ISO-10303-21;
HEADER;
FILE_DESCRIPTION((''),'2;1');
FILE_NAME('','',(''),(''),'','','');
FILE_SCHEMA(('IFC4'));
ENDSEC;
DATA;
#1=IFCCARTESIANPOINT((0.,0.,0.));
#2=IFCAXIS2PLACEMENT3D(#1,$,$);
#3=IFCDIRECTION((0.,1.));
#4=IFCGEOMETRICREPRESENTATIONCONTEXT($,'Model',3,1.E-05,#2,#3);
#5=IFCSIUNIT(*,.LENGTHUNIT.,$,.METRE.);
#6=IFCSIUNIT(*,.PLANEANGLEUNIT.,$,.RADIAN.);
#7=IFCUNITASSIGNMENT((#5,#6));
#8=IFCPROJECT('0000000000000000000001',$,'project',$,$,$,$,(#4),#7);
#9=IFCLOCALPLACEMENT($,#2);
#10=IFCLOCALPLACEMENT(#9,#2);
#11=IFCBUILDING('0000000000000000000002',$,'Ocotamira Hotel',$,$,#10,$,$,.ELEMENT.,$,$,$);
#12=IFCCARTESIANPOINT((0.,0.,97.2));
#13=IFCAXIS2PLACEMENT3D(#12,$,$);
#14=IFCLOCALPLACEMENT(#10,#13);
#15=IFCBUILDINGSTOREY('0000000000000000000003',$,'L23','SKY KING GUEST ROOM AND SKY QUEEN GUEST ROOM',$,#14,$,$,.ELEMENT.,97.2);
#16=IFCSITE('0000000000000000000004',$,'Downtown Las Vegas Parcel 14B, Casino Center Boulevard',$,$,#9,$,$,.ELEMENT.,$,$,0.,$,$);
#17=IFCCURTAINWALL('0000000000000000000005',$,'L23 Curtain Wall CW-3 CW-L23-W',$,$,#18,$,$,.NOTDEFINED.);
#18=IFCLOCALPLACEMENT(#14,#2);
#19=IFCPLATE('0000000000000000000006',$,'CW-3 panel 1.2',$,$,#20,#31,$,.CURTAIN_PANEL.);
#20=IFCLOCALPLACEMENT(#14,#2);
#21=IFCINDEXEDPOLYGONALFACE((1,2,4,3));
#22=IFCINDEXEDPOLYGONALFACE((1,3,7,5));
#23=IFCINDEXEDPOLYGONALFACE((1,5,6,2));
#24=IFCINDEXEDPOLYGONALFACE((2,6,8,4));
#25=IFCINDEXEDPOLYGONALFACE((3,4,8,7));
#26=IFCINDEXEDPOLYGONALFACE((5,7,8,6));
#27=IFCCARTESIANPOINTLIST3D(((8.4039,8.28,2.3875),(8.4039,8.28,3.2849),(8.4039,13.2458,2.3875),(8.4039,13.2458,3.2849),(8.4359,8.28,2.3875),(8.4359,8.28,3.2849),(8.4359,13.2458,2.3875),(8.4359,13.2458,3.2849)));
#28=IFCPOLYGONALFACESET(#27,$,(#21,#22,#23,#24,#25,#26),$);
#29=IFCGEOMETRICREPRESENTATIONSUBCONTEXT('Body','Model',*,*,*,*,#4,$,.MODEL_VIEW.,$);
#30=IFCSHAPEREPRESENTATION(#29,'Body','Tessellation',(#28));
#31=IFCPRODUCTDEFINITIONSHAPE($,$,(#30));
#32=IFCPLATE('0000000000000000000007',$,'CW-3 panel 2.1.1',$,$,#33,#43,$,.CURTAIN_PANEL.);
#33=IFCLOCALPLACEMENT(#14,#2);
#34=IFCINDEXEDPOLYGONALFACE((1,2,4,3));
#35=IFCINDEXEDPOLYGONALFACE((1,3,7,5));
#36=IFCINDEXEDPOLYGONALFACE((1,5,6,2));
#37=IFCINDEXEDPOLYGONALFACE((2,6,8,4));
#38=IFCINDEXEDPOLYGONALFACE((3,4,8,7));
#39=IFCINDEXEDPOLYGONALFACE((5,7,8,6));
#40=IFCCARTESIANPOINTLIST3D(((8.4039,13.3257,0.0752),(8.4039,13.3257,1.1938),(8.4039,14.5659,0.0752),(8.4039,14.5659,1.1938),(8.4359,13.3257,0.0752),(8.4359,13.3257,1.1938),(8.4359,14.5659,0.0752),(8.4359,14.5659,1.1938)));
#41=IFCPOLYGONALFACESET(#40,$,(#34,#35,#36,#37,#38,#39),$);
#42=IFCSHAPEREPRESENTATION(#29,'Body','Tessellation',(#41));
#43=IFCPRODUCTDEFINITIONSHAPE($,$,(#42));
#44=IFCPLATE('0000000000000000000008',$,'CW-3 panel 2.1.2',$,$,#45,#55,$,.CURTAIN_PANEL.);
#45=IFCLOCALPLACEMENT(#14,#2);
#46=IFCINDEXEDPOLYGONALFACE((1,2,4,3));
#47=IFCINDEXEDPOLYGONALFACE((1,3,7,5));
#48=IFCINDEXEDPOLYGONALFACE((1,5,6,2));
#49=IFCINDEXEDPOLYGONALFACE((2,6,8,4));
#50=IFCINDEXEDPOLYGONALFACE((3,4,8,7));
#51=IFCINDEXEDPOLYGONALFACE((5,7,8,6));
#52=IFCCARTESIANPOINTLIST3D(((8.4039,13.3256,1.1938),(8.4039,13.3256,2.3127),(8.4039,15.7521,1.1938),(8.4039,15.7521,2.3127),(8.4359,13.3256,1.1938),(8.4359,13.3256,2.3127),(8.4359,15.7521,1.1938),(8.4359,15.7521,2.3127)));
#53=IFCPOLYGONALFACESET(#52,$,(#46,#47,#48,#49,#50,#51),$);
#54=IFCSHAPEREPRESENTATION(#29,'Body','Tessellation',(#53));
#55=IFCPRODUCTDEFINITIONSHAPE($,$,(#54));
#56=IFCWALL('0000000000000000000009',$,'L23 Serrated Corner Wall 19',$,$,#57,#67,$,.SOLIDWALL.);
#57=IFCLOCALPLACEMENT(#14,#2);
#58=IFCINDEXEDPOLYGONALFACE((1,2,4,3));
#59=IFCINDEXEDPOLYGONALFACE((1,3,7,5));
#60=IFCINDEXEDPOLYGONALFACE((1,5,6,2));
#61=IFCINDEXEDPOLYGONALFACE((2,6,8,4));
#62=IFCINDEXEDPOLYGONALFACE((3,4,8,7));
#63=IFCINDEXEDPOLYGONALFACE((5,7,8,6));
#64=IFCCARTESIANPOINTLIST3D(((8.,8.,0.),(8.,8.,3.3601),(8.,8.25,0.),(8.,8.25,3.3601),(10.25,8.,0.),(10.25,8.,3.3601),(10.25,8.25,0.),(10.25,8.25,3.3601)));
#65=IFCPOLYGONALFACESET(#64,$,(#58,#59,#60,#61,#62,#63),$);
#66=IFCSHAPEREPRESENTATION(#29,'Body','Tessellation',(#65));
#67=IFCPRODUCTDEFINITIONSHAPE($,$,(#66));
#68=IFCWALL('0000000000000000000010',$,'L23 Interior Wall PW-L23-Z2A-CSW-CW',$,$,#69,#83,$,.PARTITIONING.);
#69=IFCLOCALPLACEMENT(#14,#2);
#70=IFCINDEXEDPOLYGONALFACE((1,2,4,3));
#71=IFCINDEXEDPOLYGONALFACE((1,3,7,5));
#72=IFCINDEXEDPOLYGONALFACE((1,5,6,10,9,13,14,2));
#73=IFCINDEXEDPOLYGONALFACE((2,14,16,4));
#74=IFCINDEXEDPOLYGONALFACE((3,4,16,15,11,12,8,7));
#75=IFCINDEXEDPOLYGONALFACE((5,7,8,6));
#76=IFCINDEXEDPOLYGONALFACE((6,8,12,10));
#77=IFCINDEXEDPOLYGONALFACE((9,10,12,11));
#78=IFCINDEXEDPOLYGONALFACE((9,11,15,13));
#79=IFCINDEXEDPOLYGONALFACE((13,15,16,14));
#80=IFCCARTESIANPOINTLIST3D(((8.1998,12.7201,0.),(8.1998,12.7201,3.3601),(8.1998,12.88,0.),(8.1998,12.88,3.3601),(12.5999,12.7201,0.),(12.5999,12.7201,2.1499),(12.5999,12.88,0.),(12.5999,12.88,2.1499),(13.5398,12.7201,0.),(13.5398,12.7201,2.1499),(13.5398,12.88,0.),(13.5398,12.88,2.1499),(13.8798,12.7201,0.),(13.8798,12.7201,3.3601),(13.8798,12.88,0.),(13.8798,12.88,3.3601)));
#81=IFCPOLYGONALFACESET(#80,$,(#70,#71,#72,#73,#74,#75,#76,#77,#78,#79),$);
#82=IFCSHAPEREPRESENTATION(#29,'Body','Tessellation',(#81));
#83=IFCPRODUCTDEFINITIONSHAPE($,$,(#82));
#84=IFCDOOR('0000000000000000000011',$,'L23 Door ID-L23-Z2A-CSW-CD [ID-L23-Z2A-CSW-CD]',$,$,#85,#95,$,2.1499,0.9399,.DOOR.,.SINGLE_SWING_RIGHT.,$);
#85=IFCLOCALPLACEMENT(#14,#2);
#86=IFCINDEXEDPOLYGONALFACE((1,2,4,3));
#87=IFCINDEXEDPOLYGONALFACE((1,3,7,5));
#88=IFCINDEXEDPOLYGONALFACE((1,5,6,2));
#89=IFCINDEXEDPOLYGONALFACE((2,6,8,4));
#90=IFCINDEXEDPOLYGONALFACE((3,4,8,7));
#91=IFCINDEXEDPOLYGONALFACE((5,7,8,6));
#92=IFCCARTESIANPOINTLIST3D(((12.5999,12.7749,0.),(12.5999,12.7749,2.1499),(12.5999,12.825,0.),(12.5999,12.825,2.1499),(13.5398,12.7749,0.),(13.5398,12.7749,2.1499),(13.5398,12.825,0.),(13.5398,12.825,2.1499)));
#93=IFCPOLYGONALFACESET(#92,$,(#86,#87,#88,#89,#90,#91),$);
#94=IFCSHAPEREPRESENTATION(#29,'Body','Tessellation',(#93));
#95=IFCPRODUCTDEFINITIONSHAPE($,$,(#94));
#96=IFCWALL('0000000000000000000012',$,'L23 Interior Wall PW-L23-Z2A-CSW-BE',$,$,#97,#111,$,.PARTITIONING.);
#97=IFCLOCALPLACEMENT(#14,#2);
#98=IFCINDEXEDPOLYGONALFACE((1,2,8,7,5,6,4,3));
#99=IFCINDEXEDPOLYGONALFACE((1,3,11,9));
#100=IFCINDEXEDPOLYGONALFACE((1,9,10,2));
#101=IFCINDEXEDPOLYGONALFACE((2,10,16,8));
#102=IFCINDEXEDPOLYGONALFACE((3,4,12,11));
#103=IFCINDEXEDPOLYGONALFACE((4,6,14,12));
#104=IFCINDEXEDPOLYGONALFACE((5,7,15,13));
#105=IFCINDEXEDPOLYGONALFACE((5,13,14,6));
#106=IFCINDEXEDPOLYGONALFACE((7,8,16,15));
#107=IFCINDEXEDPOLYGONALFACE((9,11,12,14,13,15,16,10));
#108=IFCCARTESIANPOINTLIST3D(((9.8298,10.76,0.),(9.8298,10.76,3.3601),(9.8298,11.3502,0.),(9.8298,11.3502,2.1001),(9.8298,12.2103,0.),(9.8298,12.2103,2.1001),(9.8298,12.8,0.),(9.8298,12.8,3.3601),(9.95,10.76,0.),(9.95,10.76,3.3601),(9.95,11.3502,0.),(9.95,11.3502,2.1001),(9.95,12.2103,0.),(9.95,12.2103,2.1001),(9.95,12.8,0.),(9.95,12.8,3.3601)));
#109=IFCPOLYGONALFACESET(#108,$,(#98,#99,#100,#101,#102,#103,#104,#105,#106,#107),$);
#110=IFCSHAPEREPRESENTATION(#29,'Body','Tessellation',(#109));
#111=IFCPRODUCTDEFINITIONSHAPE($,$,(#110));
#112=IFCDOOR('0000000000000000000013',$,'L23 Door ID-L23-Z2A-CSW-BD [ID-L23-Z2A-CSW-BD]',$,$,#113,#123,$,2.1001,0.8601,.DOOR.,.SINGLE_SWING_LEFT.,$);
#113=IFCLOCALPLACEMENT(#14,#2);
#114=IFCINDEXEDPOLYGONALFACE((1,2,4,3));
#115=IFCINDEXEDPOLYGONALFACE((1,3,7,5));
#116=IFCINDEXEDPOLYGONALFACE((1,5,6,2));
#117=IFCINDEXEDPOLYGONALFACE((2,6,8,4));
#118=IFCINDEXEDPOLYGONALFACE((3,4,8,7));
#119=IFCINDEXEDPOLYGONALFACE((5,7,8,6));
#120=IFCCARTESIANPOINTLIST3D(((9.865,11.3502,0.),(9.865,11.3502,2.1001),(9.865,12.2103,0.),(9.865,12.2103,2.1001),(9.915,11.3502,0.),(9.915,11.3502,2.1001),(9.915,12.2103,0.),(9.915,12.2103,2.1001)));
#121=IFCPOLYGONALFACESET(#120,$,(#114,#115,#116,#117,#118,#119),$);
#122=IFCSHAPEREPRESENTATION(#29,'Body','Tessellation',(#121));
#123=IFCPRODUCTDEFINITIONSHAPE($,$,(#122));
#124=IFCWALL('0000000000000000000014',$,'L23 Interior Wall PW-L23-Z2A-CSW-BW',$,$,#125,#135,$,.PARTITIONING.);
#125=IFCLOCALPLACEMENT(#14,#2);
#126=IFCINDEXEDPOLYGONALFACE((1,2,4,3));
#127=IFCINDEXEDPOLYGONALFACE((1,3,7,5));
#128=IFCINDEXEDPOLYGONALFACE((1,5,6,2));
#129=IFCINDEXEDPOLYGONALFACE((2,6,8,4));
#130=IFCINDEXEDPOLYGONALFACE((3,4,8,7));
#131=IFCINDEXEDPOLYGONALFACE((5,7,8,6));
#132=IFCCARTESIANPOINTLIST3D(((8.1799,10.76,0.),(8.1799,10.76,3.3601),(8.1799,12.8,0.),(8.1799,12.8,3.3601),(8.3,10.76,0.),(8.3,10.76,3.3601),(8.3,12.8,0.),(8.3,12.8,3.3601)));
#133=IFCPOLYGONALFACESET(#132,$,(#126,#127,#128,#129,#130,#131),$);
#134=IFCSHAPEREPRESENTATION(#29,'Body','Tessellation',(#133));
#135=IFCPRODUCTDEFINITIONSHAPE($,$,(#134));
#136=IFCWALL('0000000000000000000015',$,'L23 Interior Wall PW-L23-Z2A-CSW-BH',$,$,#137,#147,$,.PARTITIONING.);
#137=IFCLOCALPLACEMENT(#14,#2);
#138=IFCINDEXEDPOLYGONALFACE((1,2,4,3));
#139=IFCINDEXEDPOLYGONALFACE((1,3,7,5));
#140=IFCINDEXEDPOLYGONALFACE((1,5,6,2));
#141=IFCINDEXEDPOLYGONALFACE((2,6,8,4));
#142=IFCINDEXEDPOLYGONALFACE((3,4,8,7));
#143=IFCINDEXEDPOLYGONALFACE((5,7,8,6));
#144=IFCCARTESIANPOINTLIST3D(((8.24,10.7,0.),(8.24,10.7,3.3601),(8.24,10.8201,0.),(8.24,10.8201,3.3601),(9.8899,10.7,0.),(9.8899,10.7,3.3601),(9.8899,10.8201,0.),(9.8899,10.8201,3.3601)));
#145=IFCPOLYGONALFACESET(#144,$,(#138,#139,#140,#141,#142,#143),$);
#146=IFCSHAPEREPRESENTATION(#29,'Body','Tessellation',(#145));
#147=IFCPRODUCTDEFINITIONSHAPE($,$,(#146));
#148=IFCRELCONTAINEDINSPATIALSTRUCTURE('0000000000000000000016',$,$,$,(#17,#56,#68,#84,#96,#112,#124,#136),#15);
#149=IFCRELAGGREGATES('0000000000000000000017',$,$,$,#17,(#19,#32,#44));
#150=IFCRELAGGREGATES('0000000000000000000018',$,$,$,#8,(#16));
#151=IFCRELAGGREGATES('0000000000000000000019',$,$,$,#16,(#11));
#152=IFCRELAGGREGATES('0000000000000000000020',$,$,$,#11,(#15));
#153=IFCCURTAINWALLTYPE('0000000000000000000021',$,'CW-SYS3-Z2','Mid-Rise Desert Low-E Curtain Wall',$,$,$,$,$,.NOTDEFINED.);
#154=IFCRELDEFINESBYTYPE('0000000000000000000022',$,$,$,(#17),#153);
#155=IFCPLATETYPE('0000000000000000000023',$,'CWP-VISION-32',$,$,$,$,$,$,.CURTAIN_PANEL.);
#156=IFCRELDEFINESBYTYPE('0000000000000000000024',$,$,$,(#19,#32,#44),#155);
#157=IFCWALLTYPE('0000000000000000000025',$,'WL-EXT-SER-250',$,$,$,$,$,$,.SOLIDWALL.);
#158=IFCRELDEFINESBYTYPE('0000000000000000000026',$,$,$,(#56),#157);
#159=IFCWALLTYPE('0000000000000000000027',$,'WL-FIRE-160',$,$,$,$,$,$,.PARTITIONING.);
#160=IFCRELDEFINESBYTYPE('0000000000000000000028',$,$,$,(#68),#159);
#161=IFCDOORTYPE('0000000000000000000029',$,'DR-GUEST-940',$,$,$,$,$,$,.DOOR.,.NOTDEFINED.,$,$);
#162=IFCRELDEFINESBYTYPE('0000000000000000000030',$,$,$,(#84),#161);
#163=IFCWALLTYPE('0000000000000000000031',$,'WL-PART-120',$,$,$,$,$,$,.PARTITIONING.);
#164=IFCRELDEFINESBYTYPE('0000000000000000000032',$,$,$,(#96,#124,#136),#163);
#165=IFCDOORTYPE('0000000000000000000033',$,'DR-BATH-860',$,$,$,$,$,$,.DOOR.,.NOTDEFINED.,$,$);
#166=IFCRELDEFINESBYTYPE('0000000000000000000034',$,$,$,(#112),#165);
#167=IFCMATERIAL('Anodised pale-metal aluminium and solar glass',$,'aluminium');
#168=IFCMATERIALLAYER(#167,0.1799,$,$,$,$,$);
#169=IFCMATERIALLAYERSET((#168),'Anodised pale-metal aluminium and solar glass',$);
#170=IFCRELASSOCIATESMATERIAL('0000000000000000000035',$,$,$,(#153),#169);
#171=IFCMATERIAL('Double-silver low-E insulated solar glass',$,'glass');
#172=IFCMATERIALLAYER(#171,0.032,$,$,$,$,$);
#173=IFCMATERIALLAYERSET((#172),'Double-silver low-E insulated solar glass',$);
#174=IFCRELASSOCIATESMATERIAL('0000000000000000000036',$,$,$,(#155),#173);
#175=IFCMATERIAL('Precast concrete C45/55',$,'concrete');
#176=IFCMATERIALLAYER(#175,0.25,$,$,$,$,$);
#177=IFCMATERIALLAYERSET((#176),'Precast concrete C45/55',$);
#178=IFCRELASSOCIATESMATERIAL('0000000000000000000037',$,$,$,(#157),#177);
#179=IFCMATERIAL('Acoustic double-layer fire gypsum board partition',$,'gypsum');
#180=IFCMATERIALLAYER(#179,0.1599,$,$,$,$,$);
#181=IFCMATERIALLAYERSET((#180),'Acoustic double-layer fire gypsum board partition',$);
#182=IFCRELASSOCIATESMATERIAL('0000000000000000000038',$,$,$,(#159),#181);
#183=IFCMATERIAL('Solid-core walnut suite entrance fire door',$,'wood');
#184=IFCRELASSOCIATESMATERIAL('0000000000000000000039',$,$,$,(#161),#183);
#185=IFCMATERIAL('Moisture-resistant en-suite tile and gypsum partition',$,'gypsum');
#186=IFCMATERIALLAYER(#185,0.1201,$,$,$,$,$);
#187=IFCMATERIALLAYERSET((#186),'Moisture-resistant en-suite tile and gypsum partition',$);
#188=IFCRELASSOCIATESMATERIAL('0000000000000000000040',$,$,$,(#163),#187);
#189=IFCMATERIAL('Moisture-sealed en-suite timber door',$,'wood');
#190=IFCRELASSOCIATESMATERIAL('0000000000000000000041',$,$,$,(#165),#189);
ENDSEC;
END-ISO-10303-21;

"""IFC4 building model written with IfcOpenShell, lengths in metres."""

from ifc_helpers import new_model, si_unit, direction, frame, frame_2d, origin, origin_2d, place, context, subcontext, project, spatial, rectangle, extrude, source, transform, mapped, material, layer, layer_set, type_object, element, fill, aggregate, save


model = new_model("IFC4")

# Units and contexts
model_context = context("Model", 3, precision=1e-05, world=origin(), true_north=direction((0.0, 1.0)))
body_context = subcontext(model_context, "Body", "Model", "MODEL_VIEW")
ifc_project = project(units=[si_unit("LENGTHUNIT", "METRE"), si_unit("PLANEANGLEUNIT", "RADIAN")], contexts=[model_context])

# Site, building, storey
site_placement = place(None, origin())
site = spatial("IfcSite", under=ifc_project, at=site_placement, Name="Downtown Las Vegas Parcel 14B, Casino Center Boulevard", CompositionType="ELEMENT", RefElevation=0.0)
building_placement = place(site_placement, origin())
building = spatial("IfcBuilding", under=site, at=building_placement, Name="Ocotamira Hotel", CompositionType="ELEMENT")
storey_placement = place(building_placement, frame((0.0, 0.0, 97.2)))
storey = spatial("IfcBuildingStorey", under=building, at=storey_placement, Name="L23", Description="SKY KING GUEST ROOM AND SKY QUEEN GUEST ROOM", CompositionType="ELEMENT", Elevation=97.2)

# Curtain wall, plates
ifc_material_1 = material(Name="Anodised pale-metal aluminium and solar glass", Category="aluminium")
ifc_layer_1 = layer(ifc_material_1, 0.1799)
ifc_layer_set_1 = layer_set([ifc_layer_1], Name="Anodised pale-metal aluminium and solar glass")
curtain_wall_type = type_object("IfcCurtainWallType", Name="CW-SYS3-Z2", Description="Mid-Rise Desert Low-E Curtain Wall", PredefinedType="NOTDEFINED", material=ifc_layer_set_1)
curtain_wall_placement = place(storey_placement, origin())
curtain_wall = element("IfcCurtainWall", 1, at=curtain_wall_placement, inside=storey, type_object=curtain_wall_type, Name="L23 Curtain Wall CW-3 CW-L23-W", PredefinedType="NOTDEFINED")
ifc_material_2 = material(Name="Double-silver low-E insulated solar glass", Category="glass")
ifc_layer_2 = layer(ifc_material_2, 0.032)
ifc_layer_set_2 = layer_set([ifc_layer_2], Name="Double-silver low-E insulated solar glass")
plate_type = type_object("IfcPlateType", Name="CWP-VISION-32", PredefinedType="CURTAIN_PANEL", material=ifc_layer_set_2)
shared_shape_1 = source(origin(), body_context, "Body", "SweptSolid", [
    extrude(rectangle(XDim=4.9658, YDim=0.032, at=origin_2d()), origin(), (0.0, 0.0, 1.0), 0.8975),
])
plate_1_placement = place(storey_placement, frame((8.4199, 10.7629, 2.3875), z_axis=(0.0, 0.0, 1.0), x_axis=(0.0, 1.0, 0.0)))
plate_1 = element("IfcPlate", 2, at=plate_1_placement, type_object=plate_type, Name="CW-3 panel 1.2", PredefinedType="CURTAIN_PANEL", context=body_context, shape_type="MappedRepresentation", body=[
    mapped(shared_shape_1, transform((0.0, 0.0, 0.0), scale=1.0)),
])
shared_shape_2 = source(origin(), body_context, "Body", "SweptSolid", [
    extrude(rectangle(XDim=1.2402, YDim=0.032, at=origin_2d()), origin(), (0.0, 0.0, 1.0), 1.1187),
])
plate_2_placement = place(storey_placement, frame((8.4199, 13.9458, 0.0752), z_axis=(0.0, 0.0, 1.0), x_axis=(0.0, 1.0, 0.0)))
plate_2 = element("IfcPlate", 3, at=plate_2_placement, type_object=plate_type, Name="CW-3 panel 2.1.1", PredefinedType="CURTAIN_PANEL", context=body_context, shape_type="MappedRepresentation", body=[
    mapped(shared_shape_2, transform((0.0, 0.0, 0.0), scale=1.0)),
])
shared_shape_3 = source(origin(), body_context, "Body", "SweptSolid", [
    extrude(rectangle(XDim=2.4265, YDim=0.032, at=origin_2d()), origin(), (0.0, 0.0, 1.0), 1.1189),
])
plate_3_placement = place(storey_placement, frame((8.4199, 14.5388, 1.1938), z_axis=(0.0, 0.0, 1.0), x_axis=(0.0, 1.0, 0.0)))
plate_3 = element("IfcPlate", 4, at=plate_3_placement, type_object=plate_type, Name="CW-3 panel 2.1.2", PredefinedType="CURTAIN_PANEL", context=body_context, shape_type="MappedRepresentation", body=[
    mapped(shared_shape_3, transform((0.0, 0.0, 0.0), scale=1.0)),
])
aggregate(curtain_wall, [plate_1, plate_2, plate_3])

# Wall
ifc_material_3 = material(Name="Precast concrete C45/55", Category="concrete")
ifc_layer_3 = layer(ifc_material_3, 0.25)
ifc_layer_set_3 = layer_set([ifc_layer_3], Name="Precast concrete C45/55")
wall_type_1 = type_object("IfcWallType", Name="WL-EXT-SER-250", PredefinedType="SOLIDWALL", material=ifc_layer_set_3)
wall_1_placement = place(storey_placement, frame((8.0, 8.125, 0.0), z_axis=(0.0, 0.0, 1.0), x_axis=(1.0, 0.0, 0.0)))
element("IfcWall", 5, at=wall_1_placement, inside=storey, type_object=wall_type_1, Name="L23 Serrated Corner Wall 19", PredefinedType="SOLIDWALL", context=body_context, shape_type="SweptSolid", body=[
    extrude(rectangle(XDim=2.25, YDim=0.25, at=frame_2d((1.125, 0.0))), origin(), (0.0, 0.0, 1.0), 3.3601),
])

# Walls, openings, doors
ifc_material_4 = material(Name="Acoustic double-layer fire gypsum board partition", Category="gypsum")
ifc_layer_4 = layer(ifc_material_4, 0.1599)
ifc_layer_set_4 = layer_set([ifc_layer_4], Name="Acoustic double-layer fire gypsum board partition")
wall_type_2 = type_object("IfcWallType", Name="WL-FIRE-160", PredefinedType="PARTITIONING", material=ifc_layer_set_4)
wall_2_placement = place(storey_placement, frame((8.2, 12.8, 0.0), z_axis=(0.0, 0.0, 1.0), x_axis=(1.0, 0.0, 0.0)))
wall_2 = element("IfcWall", 6, at=wall_2_placement, inside=storey, type_object=wall_type_2, Name="L23 Interior Wall PW-L23-Z2A-CSW-CW", PredefinedType="PARTITIONING", context=body_context, shape_type="SweptSolid", body=[
    extrude(rectangle(XDim=5.6799, YDim=0.1599, at=frame_2d((2.8398, 0.0))), origin(), (0.0, 0.0, 1.0), 3.3601),
])
opening_1_placement = place(wall_2_placement, frame((4.3999, 0.0, 0.0)))
opening_1 = element("IfcOpeningElement", 7, at=opening_1_placement, cuts=wall_2, PredefinedType="OPENING", context=body_context, shape_type="SweptSolid", body=[
    extrude(rectangle(XDim=0.9399, YDim=2.1499, at=frame_2d((0.47, 1.075))), frame((0.0, 0.0898, 0.0), z_axis=(0.0, -1.0, 0.0), x_axis=(1.0, 0.0, 0.0)), (0.0, 0.0, 1.0), 0.1799),
])
ifc_material_5 = material(Name="Solid-core walnut suite entrance fire door", Category="wood")
door_type_1 = type_object("IfcDoorType", Name="DR-GUEST-940", OperationType="NOTDEFINED", PredefinedType="DOOR", material=ifc_material_5)
shared_shape_4 = source(origin(), body_context, "Body", "SweptSolid", [
    extrude(rectangle(XDim=0.9399, YDim=2.1499, at=frame_2d((0.47, 1.075))), frame((0.0, 0.0249, 0.0), z_axis=(0.0, -1.0, 0.0), x_axis=(1.0, 0.0, 0.0)), (0.0, 0.0, 1.0), 0.05),
])
door_1_placement = place(opening_1_placement, origin())
door_1 = element("IfcDoor", 8, at=door_1_placement, inside=storey, type_object=door_type_1, Name="L23 Door ID-L23-Z2A-CSW-CD [ID-L23-Z2A-CSW-CD]", OperationType="SINGLE_SWING_RIGHT", OverallHeight=2.1499, OverallWidth=0.9399, PredefinedType="DOOR", context=body_context, shape_type="MappedRepresentation", body=[
    mapped(shared_shape_4, transform((0.0, 0.0, 0.0), scale=1.0)),
])
fill(opening_1, door_1)
ifc_material_6 = material(Name="Moisture-resistant en-suite tile and gypsum partition", Category="gypsum")
ifc_layer_5 = layer(ifc_material_6, 0.1201)
ifc_layer_set_5 = layer_set([ifc_layer_5], Name="Moisture-resistant en-suite tile and gypsum partition")
wall_type_3 = type_object("IfcWallType", Name="WL-PART-120", PredefinedType="PARTITIONING", material=ifc_layer_set_5)
wall_3_placement = place(storey_placement, frame((9.8899, 10.76, 0.0), z_axis=(0.0, 0.0, 1.0), x_axis=(0.0, 1.0, 0.0)))
wall_3 = element("IfcWall", 9, at=wall_3_placement, inside=storey, type_object=wall_type_3, Name="L23 Interior Wall PW-L23-Z2A-CSW-BE", PredefinedType="PARTITIONING", context=body_context, shape_type="SweptSolid", body=[
    extrude(rectangle(XDim=2.04, YDim=0.1201, at=frame_2d((1.02, 0.0))), origin(), (0.0, 0.0, 1.0), 3.3601),
])
opening_2_placement = place(wall_3_placement, frame((0.5901, 0.0, 0.0)))
opening_2 = element("IfcOpeningElement", 10, at=opening_2_placement, cuts=wall_3, PredefinedType="OPENING", context=body_context, shape_type="SweptSolid", body=[
    extrude(rectangle(XDim=0.8601, YDim=2.1001, at=frame_2d((0.4302, 1.05))), frame((0.0, 0.0701, 0.0), z_axis=(0.0, -1.0, 0.0), x_axis=(1.0, 0.0, 0.0)), (0.0, 0.0, 1.0), 0.1401),
])
ifc_material_7 = material(Name="Moisture-sealed en-suite timber door", Category="wood")
door_type_2 = type_object("IfcDoorType", Name="DR-BATH-860", OperationType="NOTDEFINED", PredefinedType="DOOR", material=ifc_material_7)
shared_shape_5 = source(origin(), body_context, "Body", "SweptSolid", [
    extrude(rectangle(XDim=0.8601, YDim=2.1001, at=frame_2d((0.4302, 1.05))), frame((0.0, 0.0249, 0.0), z_axis=(0.0, -1.0, 0.0), x_axis=(1.0, 0.0, 0.0)), (0.0, 0.0, 1.0), 0.05),
])
door_2_placement = place(opening_2_placement, origin())
door_2 = element("IfcDoor", 11, at=door_2_placement, inside=storey, type_object=door_type_2, Name="L23 Door ID-L23-Z2A-CSW-BD [ID-L23-Z2A-CSW-BD]", OperationType="SINGLE_SWING_LEFT", OverallHeight=2.1001, OverallWidth=0.8601, PredefinedType="DOOR", context=body_context, shape_type="MappedRepresentation", body=[
    mapped(shared_shape_5, transform((0.0, 0.0, 0.0), scale=1.0)),
])
fill(opening_2, door_2)

# Walls
wall_4_placement = place(storey_placement, frame((8.24, 10.76, 0.0), z_axis=(0.0, 0.0, 1.0), x_axis=(0.0, 1.0, 0.0)))
element("IfcWall", 12, at=wall_4_placement, inside=storey, type_object=wall_type_3, Name="L23 Interior Wall PW-L23-Z2A-CSW-BW", PredefinedType="PARTITIONING", context=body_context, shape_type="SweptSolid", body=[
    extrude(rectangle(XDim=2.04, YDim=0.1201, at=frame_2d((1.02, 0.0))), origin(), (0.0, 0.0, 1.0), 3.3601),
])
wall_5_placement = place(storey_placement, frame((8.24, 10.76, 0.0), z_axis=(0.0, 0.0, 1.0), x_axis=(1.0, 0.0, 0.0)))
element("IfcWall", 13, at=wall_5_placement, inside=storey, type_object=wall_type_3, Name="L23 Interior Wall PW-L23-Z2A-CSW-BH", PredefinedType="PARTITIONING", context=body_context, shape_type="SweptSolid", body=[
    extrude(rectangle(XDim=1.6499, YDim=0.1201, at=frame_2d((0.825, 0.0))), origin(), (0.0, 0.0, 1.0), 3.3601),
])

save(model, "model.ifc")
